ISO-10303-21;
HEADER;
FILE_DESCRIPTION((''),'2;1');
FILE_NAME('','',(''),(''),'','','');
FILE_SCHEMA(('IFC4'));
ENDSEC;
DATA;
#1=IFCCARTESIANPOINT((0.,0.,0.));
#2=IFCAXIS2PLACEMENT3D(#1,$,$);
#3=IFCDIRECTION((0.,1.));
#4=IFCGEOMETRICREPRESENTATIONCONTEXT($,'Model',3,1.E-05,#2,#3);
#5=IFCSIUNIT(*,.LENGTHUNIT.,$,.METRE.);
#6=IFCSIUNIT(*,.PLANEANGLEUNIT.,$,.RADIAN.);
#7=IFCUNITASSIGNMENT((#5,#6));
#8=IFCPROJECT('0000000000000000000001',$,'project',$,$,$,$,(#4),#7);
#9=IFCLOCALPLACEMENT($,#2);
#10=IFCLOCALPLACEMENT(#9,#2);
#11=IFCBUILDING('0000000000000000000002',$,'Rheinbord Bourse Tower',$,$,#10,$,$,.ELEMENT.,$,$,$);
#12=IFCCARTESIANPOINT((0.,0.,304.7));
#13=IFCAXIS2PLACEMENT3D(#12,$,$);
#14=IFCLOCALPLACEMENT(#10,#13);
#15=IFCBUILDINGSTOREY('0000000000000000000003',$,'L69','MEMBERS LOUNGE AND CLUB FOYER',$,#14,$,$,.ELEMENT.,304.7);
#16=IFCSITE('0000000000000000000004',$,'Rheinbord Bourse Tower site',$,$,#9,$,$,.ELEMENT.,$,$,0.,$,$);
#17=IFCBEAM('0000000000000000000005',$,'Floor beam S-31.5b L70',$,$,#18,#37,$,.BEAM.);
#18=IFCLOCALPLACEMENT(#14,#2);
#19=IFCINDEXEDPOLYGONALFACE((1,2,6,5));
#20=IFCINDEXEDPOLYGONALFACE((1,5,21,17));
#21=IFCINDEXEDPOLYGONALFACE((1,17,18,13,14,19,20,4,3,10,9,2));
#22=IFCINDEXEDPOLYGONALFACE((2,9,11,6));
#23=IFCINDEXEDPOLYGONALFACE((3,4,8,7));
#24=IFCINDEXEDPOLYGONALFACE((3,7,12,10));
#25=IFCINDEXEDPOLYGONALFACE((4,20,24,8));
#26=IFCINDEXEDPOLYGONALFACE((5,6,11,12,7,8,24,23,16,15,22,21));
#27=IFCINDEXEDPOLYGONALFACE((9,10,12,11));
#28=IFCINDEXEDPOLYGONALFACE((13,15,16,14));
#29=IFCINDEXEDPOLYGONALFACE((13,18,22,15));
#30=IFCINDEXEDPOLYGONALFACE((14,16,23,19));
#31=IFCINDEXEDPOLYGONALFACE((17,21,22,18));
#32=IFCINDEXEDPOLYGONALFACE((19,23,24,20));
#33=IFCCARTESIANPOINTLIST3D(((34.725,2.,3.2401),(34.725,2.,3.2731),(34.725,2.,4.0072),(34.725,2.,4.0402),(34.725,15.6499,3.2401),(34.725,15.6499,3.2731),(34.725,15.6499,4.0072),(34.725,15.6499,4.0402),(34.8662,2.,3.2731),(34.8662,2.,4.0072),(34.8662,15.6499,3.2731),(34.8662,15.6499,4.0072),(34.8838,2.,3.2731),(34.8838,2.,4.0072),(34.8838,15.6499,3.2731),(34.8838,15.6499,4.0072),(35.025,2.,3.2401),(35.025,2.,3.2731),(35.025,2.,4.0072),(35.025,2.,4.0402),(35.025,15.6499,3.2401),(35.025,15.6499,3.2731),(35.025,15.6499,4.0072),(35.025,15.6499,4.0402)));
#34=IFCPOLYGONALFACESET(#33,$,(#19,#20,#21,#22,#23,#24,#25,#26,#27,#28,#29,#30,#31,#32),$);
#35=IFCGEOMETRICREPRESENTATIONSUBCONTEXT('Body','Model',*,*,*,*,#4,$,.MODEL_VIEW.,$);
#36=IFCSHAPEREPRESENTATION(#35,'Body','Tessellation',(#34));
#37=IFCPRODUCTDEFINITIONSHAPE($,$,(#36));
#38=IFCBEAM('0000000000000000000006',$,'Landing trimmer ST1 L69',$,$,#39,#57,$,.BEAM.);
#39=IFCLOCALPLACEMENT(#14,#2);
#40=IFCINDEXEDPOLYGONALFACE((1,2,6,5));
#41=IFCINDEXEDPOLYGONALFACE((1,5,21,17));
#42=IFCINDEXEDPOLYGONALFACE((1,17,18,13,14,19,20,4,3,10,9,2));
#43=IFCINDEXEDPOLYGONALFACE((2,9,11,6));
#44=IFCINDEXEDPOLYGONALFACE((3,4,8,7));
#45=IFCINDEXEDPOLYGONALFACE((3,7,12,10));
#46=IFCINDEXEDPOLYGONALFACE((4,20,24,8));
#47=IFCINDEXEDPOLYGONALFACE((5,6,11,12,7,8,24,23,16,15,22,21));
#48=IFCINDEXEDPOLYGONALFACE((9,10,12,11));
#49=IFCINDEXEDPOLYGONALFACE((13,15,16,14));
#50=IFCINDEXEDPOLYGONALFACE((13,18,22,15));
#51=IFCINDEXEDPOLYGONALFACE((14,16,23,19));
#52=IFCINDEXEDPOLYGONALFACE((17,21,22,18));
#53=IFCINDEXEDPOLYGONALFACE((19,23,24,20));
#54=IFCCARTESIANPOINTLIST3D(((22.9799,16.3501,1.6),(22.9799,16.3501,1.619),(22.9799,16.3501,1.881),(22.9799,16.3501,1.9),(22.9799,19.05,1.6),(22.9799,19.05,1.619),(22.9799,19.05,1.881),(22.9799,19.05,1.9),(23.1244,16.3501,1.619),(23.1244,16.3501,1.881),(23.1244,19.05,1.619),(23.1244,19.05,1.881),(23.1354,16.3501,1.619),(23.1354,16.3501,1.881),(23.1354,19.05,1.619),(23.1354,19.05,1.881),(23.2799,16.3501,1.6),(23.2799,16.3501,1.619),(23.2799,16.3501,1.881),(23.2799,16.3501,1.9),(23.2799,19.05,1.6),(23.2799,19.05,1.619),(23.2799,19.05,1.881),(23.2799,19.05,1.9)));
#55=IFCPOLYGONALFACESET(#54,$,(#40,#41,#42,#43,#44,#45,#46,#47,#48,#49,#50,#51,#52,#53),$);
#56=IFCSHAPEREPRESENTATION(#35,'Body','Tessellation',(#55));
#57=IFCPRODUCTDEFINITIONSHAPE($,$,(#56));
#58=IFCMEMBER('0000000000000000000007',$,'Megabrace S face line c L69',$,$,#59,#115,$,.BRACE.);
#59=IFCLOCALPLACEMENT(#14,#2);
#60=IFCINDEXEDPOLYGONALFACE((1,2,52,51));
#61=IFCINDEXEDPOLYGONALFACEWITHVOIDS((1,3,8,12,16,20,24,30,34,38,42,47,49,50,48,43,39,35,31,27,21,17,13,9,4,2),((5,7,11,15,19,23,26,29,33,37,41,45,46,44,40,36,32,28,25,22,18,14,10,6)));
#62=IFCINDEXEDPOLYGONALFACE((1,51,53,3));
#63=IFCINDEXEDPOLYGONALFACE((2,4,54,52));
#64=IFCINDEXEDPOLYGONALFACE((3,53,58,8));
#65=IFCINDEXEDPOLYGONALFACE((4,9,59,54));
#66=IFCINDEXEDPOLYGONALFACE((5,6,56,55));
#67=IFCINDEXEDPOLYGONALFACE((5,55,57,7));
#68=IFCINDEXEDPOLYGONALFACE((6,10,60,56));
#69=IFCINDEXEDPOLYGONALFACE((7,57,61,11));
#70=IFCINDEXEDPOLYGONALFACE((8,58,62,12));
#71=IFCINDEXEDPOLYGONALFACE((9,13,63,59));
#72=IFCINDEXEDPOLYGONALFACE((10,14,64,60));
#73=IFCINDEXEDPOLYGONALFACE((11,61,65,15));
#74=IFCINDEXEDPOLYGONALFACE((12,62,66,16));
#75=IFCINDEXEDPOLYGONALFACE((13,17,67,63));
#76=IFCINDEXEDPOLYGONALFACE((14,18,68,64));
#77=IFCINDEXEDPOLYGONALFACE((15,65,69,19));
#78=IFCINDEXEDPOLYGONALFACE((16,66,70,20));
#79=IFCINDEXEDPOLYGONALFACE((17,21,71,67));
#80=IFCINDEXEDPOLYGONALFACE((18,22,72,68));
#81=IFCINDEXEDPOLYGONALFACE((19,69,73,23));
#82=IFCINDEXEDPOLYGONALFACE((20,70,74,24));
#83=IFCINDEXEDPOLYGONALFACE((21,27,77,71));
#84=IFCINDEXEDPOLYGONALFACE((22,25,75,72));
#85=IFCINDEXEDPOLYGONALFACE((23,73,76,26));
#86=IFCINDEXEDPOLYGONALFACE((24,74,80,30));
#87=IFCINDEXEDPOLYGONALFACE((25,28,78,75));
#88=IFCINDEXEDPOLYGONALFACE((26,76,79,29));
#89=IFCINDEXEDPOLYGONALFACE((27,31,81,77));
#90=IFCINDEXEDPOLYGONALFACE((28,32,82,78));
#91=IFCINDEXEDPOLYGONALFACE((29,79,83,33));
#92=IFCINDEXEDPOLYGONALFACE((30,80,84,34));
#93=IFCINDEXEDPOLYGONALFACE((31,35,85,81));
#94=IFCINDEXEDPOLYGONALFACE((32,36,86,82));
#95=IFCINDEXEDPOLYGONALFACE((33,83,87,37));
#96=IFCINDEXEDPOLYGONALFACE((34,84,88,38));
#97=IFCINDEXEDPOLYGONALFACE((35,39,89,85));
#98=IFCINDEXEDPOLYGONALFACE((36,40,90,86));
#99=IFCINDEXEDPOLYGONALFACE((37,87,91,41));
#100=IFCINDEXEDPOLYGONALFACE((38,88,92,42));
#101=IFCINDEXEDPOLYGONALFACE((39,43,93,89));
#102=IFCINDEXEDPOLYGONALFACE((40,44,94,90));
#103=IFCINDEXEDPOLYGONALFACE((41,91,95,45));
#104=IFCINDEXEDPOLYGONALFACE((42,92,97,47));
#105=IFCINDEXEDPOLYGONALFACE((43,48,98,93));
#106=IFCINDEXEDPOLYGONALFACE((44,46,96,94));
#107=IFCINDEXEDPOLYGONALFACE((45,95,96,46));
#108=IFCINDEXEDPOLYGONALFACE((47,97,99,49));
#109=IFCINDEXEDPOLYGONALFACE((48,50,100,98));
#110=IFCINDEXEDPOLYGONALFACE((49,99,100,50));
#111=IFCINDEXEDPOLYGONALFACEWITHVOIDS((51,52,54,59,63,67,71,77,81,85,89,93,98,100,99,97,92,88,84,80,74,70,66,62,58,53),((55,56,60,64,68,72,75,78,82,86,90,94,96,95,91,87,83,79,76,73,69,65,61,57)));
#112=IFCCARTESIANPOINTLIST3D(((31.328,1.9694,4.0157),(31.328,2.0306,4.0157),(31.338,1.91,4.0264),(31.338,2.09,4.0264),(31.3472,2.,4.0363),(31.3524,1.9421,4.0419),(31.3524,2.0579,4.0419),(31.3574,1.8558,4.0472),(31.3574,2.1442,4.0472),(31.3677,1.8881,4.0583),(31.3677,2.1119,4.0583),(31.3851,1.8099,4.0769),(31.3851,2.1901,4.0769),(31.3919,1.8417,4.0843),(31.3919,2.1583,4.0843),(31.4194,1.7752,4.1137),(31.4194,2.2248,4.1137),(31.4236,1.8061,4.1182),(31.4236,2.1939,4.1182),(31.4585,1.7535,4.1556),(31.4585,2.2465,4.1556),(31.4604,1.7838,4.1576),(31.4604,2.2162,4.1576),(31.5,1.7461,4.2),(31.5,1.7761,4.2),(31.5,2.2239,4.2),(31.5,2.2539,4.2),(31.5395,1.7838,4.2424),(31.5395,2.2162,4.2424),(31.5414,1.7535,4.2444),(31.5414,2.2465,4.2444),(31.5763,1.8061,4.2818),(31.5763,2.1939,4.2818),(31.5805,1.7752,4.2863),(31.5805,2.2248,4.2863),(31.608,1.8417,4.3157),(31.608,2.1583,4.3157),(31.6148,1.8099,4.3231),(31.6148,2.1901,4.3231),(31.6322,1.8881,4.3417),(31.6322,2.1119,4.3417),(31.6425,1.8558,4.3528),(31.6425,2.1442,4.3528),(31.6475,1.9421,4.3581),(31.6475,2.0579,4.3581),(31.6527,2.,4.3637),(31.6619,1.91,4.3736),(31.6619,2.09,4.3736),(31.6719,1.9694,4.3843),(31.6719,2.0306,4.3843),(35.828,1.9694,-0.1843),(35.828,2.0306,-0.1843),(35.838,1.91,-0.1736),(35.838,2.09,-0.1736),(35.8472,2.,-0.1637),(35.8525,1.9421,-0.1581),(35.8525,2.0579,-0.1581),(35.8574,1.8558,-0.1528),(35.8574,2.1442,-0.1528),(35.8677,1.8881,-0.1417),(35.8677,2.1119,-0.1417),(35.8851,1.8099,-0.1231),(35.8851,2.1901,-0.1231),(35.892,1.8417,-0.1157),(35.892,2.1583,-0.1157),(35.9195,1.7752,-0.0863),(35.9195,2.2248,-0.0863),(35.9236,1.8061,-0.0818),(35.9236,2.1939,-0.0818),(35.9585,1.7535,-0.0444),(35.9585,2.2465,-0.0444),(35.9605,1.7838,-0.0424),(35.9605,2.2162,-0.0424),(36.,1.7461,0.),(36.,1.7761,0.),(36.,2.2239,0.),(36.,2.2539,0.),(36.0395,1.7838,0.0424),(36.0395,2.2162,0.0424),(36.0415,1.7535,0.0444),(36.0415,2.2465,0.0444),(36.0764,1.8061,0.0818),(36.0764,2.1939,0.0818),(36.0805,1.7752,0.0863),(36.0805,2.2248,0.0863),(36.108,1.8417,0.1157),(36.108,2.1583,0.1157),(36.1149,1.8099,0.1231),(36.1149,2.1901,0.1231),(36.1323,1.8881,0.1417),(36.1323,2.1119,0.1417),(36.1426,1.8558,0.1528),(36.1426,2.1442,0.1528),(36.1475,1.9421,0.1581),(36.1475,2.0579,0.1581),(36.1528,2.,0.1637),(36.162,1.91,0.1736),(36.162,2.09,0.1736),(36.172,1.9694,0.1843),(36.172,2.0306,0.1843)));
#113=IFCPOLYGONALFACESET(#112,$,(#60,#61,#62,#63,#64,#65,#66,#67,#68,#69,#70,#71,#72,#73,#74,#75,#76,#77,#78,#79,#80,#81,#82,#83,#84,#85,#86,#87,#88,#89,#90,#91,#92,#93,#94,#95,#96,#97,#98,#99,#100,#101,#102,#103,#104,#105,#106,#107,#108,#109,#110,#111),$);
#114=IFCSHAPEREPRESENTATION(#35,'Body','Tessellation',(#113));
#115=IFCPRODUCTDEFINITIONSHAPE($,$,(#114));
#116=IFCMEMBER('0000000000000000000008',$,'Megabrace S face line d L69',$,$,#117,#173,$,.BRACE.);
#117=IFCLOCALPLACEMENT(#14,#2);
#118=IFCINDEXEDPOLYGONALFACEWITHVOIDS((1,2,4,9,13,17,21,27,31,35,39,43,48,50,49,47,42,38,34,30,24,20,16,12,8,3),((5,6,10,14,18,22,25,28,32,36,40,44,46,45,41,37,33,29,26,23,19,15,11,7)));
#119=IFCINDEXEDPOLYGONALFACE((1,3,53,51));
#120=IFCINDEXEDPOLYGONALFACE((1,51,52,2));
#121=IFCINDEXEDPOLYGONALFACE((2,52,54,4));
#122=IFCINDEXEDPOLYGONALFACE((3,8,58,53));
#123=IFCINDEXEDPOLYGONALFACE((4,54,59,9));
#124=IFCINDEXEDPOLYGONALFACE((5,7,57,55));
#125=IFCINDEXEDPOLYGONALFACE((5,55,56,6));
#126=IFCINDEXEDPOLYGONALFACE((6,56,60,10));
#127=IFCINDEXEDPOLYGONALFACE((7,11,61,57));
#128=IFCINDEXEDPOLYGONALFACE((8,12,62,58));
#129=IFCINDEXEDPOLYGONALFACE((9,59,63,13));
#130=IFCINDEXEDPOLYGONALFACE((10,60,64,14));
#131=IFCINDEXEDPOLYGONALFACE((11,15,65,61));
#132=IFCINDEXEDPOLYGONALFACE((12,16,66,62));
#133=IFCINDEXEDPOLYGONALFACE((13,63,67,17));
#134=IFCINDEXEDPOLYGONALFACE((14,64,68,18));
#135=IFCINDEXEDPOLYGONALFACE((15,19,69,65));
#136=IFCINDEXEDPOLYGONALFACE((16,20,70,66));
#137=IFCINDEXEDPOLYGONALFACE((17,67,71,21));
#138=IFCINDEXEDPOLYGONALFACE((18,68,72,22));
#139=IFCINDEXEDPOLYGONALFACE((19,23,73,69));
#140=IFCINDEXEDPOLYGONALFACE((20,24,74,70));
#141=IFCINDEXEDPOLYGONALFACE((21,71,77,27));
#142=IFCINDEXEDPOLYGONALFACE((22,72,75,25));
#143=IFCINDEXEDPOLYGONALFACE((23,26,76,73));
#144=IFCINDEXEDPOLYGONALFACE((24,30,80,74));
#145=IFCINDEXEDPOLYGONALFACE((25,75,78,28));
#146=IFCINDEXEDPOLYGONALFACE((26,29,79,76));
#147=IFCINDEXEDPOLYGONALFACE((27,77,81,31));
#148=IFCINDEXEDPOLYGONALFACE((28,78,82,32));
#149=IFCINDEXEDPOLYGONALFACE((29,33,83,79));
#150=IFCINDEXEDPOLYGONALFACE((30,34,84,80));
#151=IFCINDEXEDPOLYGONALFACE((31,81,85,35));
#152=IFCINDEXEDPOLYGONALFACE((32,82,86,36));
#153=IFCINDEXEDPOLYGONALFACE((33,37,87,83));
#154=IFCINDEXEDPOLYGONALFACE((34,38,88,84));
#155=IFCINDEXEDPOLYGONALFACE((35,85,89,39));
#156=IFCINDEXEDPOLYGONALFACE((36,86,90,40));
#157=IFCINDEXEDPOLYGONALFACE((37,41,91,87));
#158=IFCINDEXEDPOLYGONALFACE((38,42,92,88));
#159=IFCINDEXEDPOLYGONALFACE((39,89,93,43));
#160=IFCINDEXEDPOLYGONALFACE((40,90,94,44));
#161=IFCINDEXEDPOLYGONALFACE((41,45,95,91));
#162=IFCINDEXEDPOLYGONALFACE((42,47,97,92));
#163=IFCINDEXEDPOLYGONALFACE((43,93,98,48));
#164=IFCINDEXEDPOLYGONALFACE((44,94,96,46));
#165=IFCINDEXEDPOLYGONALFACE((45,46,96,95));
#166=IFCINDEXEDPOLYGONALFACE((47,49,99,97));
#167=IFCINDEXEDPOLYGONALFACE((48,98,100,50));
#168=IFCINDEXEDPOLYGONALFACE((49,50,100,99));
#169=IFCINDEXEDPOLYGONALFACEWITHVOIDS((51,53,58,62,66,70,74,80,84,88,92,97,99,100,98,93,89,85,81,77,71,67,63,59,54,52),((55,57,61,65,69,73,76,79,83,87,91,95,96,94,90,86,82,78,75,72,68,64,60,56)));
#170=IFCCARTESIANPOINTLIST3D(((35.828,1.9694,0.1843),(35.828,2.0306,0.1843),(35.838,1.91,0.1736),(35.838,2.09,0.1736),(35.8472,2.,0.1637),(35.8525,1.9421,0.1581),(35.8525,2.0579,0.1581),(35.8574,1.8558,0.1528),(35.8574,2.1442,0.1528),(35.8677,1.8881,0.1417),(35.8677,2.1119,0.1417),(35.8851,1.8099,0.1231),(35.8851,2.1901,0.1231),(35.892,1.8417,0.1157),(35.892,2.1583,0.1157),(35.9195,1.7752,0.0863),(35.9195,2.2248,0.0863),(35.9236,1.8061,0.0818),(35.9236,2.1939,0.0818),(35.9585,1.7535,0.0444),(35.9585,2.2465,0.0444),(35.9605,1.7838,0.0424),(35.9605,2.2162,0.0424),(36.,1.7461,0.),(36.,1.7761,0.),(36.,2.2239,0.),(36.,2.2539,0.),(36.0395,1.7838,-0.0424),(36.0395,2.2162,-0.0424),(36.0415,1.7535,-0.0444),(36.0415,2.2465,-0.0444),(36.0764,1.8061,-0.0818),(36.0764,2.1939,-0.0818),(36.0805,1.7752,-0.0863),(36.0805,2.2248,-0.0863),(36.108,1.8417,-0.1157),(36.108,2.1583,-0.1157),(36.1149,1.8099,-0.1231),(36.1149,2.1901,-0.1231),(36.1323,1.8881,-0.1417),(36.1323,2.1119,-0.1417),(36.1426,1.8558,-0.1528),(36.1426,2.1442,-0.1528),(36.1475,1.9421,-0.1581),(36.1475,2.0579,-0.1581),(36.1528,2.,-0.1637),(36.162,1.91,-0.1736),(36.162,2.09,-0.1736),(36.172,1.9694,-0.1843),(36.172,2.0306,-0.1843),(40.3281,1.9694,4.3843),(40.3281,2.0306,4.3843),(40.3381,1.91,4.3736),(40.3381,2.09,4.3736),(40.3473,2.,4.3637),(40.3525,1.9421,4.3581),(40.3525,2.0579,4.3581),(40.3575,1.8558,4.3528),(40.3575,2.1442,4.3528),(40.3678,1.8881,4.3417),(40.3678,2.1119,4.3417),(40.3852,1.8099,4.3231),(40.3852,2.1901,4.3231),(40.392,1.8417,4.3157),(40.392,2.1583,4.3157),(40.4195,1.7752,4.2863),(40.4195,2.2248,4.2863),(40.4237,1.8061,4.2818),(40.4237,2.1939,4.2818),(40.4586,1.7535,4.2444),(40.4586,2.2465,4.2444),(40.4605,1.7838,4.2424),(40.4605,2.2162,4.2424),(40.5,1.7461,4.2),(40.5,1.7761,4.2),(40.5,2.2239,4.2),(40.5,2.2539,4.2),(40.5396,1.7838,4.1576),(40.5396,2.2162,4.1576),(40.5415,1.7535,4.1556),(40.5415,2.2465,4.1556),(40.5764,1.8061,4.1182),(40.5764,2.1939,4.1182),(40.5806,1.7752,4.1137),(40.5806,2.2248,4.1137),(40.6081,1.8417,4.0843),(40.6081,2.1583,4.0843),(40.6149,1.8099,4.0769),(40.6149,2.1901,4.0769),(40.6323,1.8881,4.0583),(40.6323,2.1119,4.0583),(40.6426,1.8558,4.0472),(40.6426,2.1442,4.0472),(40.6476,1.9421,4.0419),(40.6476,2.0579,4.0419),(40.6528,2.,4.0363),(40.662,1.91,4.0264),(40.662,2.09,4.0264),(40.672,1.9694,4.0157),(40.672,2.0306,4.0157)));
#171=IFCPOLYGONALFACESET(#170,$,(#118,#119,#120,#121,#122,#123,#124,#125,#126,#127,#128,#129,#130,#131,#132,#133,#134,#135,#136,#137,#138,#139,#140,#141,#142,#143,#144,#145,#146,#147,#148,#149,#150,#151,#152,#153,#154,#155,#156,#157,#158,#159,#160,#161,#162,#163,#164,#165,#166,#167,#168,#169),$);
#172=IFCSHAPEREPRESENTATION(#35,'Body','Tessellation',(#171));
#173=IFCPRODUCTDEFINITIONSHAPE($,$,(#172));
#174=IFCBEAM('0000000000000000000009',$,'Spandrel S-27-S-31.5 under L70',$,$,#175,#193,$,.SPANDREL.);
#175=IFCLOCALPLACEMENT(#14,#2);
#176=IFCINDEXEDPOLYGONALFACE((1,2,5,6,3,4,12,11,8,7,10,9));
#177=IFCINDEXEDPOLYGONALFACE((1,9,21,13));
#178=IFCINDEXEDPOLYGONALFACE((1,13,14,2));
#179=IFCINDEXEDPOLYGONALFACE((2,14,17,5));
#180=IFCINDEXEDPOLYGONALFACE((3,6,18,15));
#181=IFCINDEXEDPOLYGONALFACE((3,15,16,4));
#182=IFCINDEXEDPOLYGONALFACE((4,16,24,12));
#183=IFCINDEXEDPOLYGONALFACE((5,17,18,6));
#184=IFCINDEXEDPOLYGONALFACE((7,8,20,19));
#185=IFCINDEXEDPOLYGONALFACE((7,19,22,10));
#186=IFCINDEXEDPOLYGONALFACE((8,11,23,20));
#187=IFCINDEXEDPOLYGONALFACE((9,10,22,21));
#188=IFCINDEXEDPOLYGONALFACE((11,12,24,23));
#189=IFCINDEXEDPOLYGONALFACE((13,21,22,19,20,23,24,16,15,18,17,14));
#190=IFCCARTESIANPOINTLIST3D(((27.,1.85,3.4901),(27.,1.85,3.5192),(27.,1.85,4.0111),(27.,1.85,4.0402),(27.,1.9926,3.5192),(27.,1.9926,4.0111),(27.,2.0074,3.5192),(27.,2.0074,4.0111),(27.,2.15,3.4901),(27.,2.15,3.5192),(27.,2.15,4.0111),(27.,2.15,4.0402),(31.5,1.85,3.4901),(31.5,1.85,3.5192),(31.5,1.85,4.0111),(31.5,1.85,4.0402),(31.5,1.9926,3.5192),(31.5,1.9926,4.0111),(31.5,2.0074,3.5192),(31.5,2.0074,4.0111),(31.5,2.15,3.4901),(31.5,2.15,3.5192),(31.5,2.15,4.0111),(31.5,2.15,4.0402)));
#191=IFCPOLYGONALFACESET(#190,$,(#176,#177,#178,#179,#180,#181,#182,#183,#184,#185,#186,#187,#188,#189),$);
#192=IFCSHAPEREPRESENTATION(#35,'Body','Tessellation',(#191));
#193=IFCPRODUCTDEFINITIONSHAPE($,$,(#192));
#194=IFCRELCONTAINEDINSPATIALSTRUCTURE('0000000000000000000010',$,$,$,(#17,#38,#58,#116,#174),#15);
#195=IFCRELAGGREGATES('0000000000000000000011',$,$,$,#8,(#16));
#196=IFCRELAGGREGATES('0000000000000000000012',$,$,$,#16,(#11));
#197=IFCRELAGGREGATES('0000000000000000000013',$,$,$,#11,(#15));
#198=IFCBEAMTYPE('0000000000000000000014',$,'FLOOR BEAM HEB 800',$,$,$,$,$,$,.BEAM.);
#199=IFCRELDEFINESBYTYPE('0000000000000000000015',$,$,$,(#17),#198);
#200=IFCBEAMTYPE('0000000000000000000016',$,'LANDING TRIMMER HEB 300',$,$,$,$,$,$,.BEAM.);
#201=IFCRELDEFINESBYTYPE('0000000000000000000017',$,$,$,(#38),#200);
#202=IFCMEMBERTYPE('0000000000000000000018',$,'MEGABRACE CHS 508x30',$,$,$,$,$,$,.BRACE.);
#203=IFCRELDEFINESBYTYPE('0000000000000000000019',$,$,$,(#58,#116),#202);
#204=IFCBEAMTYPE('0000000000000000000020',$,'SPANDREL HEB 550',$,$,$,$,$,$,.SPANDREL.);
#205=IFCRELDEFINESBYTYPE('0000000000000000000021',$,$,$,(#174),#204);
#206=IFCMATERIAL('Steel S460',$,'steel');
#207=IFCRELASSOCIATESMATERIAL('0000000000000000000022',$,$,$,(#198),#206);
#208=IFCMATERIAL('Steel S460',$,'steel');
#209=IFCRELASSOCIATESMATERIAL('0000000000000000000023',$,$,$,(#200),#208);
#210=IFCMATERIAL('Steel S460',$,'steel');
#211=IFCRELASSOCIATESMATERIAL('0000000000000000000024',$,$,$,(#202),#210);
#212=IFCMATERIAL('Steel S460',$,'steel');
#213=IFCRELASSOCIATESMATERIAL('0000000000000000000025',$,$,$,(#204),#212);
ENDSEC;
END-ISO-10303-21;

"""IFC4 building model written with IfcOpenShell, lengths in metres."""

from ifc_helpers import new_model, si_unit, direction, frame, origin, origin_2d, place, context, subcontext, project, spatial, hollow_circle, i_section, extrude, material, material_profile, profile_set, type_object, element, save


model = new_model("IFC4")

# Units and contexts
model_context = context("Model", 3, precision=1e-05, world=origin(), true_north=direction((0.0, 1.0)))
body_context = subcontext(model_context, "Body", "Model", "MODEL_VIEW")
ifc_project = project(units=[si_unit("LENGTHUNIT", "METRE"), si_unit("PLANEANGLEUNIT", "RADIAN")], contexts=[model_context])

# Site, building, storey
site_placement = place(None, origin())
site = spatial("IfcSite", under=ifc_project, at=site_placement, Name="Rheinbord Bourse Tower site", CompositionType="ELEMENT", RefElevation=0.0)
building_placement = place(site_placement, origin())
building = spatial("IfcBuilding", under=site, at=building_placement, Name="Rheinbord Bourse Tower", CompositionType="ELEMENT")
storey_placement = place(building_placement, frame((0.0, 0.0, 304.7)))
storey = spatial("IfcBuildingStorey", under=building, at=storey_placement, Name="L69", Description="MEMBERS LOUNGE AND CLUB FOYER", CompositionType="ELEMENT", Elevation=304.7)

# Beams
ifc_material_1 = material(Name="Steel S460", Category="steel")
ifc_material_profile_1 = material_profile(ifc_material_1, i_section(OverallWidth=0.3, OverallDepth=0.8, WebThickness=0.0176, FlangeThickness=0.033, at=origin_2d()), Name="HEB 800")
ifc_profile_set_1 = profile_set([ifc_material_profile_1], Name="Steel S460")
beam_type_1 = type_object("IfcBeamType", Name="FLOOR BEAM HEB 800", PredefinedType="BEAM", material=ifc_profile_set_1)
for number, where, z_axis, x_axis, name in (
    (1, (34.875, 2.0, 3.6401), (0.0, 1.0, 0.0), (-1.0, 0.0, 0.0), "Floor beam S-31.5b L70"),
):
    element("IfcBeam", number, at=place(storey_placement, frame(where, z_axis=z_axis, x_axis=x_axis)), inside=storey, type_object=beam_type_1, Name=name, PredefinedType="BEAM", context=body_context, shape_type="SweptSolid", body=[
        extrude(i_section(OverallWidth=0.3, OverallDepth=0.8, WebThickness=0.0176, FlangeThickness=0.033, at=origin_2d()), origin(), (0.0, 0.0, 1.0), 13.6499),
    ])
ifc_material_2 = material(Name="Steel S460", Category="steel")
ifc_material_profile_2 = material_profile(ifc_material_2, i_section(OverallWidth=0.3, OverallDepth=0.3, WebThickness=0.011, FlangeThickness=0.019, at=origin_2d()), Name="HEB 300")
ifc_profile_set_2 = profile_set([ifc_material_profile_2], Name="Steel S460")
beam_type_2 = type_object("IfcBeamType", Name="LANDING TRIMMER HEB 300", PredefinedType="BEAM", material=ifc_profile_set_2)
beam_placement = place(storey_placement, frame((23.1299, 16.3501, 1.75), z_axis=(0.0, 1.0, 0.0), x_axis=(-1.0, 0.0, 0.0)))
element("IfcBeam", 2, at=beam_placement, inside=storey, type_object=beam_type_2, Name="Landing trimmer ST1 L69", PredefinedType="BEAM", context=body_context, shape_type="SweptSolid", body=[
    extrude(i_section(OverallWidth=0.3, OverallDepth=0.3, WebThickness=0.011, FlangeThickness=0.019, at=origin_2d()), origin(), (0.0, 0.0, 1.0), 2.7),
])

# Members
ifc_material_3 = material(Name="Steel S460", Category="steel")
ifc_material_profile_3 = material_profile(ifc_material_3, hollow_circle(Radius=0.2539, WallThickness=0.03, at=origin_2d()), Name="CHS 508x30")
ifc_profile_set_3 = profile_set([ifc_material_profile_3], Name="Steel S460")
member_type_1 = type_object("IfcMemberType", Name="MEGABRACE CHS 508x30", PredefinedType="BRACE", material=ifc_profile_set_3)
for number, where, z_axis, x_axis, name in (
    (3, (36.0, 2.0, 0.0), (-0.731059, 0.0, 0.682314), (0.0, -1.0, 0.0), "Megabrace S face line c L69"),
    (4, (36.0, 2.0, 0.0), (0.731059, 0.0, 0.682314), (0.0, 1.0, 0.0), "Megabrace S face line d L69"),
):
    element("IfcMember", number, at=place(storey_placement, frame(where, z_axis=z_axis, x_axis=x_axis)), inside=storey, type_object=member_type_1, Name=name, PredefinedType="BRACE", context=body_context, shape_type="SweptSolid", body=[
        extrude(hollow_circle(Radius=0.2539, WallThickness=0.03, at=origin_2d()), origin(), (0.0, 0.0, 1.0), 6.1555),
    ])

# Beam
ifc_material_4 = material(Name="Steel S460", Category="steel")
ifc_material_profile_4 = material_profile(ifc_material_4, i_section(OverallWidth=0.3, OverallDepth=0.55, WebThickness=0.0149, FlangeThickness=0.0291, at=origin_2d()), Name="HEB 550")
ifc_profile_set_4 = profile_set([ifc_material_profile_4], Name="Steel S460")
beam_type_3 = type_object("IfcBeamType", Name="SPANDREL HEB 550", PredefinedType="SPANDREL", material=ifc_profile_set_4)
for number, where, z_axis, x_axis, name in (
    (5, (27.0, 2.0, 3.7651), (1.0, 0.0, 0.0), (0.0, 1.0, 0.0), "Spandrel S-27-S-31.5 under L70"),
):
    element("IfcBeam", number, at=place(storey_placement, frame(where, z_axis=z_axis, x_axis=x_axis)), inside=storey, type_object=beam_type_3, Name=name, PredefinedType="SPANDREL", context=body_context, shape_type="SweptSolid", body=[
        extrude(i_section(OverallWidth=0.3, OverallDepth=0.55, WebThickness=0.0149, FlangeThickness=0.0291, at=origin_2d()), origin(), (0.0, 0.0, 1.0), 4.5),
    ])

save(model, "model.ifc")
